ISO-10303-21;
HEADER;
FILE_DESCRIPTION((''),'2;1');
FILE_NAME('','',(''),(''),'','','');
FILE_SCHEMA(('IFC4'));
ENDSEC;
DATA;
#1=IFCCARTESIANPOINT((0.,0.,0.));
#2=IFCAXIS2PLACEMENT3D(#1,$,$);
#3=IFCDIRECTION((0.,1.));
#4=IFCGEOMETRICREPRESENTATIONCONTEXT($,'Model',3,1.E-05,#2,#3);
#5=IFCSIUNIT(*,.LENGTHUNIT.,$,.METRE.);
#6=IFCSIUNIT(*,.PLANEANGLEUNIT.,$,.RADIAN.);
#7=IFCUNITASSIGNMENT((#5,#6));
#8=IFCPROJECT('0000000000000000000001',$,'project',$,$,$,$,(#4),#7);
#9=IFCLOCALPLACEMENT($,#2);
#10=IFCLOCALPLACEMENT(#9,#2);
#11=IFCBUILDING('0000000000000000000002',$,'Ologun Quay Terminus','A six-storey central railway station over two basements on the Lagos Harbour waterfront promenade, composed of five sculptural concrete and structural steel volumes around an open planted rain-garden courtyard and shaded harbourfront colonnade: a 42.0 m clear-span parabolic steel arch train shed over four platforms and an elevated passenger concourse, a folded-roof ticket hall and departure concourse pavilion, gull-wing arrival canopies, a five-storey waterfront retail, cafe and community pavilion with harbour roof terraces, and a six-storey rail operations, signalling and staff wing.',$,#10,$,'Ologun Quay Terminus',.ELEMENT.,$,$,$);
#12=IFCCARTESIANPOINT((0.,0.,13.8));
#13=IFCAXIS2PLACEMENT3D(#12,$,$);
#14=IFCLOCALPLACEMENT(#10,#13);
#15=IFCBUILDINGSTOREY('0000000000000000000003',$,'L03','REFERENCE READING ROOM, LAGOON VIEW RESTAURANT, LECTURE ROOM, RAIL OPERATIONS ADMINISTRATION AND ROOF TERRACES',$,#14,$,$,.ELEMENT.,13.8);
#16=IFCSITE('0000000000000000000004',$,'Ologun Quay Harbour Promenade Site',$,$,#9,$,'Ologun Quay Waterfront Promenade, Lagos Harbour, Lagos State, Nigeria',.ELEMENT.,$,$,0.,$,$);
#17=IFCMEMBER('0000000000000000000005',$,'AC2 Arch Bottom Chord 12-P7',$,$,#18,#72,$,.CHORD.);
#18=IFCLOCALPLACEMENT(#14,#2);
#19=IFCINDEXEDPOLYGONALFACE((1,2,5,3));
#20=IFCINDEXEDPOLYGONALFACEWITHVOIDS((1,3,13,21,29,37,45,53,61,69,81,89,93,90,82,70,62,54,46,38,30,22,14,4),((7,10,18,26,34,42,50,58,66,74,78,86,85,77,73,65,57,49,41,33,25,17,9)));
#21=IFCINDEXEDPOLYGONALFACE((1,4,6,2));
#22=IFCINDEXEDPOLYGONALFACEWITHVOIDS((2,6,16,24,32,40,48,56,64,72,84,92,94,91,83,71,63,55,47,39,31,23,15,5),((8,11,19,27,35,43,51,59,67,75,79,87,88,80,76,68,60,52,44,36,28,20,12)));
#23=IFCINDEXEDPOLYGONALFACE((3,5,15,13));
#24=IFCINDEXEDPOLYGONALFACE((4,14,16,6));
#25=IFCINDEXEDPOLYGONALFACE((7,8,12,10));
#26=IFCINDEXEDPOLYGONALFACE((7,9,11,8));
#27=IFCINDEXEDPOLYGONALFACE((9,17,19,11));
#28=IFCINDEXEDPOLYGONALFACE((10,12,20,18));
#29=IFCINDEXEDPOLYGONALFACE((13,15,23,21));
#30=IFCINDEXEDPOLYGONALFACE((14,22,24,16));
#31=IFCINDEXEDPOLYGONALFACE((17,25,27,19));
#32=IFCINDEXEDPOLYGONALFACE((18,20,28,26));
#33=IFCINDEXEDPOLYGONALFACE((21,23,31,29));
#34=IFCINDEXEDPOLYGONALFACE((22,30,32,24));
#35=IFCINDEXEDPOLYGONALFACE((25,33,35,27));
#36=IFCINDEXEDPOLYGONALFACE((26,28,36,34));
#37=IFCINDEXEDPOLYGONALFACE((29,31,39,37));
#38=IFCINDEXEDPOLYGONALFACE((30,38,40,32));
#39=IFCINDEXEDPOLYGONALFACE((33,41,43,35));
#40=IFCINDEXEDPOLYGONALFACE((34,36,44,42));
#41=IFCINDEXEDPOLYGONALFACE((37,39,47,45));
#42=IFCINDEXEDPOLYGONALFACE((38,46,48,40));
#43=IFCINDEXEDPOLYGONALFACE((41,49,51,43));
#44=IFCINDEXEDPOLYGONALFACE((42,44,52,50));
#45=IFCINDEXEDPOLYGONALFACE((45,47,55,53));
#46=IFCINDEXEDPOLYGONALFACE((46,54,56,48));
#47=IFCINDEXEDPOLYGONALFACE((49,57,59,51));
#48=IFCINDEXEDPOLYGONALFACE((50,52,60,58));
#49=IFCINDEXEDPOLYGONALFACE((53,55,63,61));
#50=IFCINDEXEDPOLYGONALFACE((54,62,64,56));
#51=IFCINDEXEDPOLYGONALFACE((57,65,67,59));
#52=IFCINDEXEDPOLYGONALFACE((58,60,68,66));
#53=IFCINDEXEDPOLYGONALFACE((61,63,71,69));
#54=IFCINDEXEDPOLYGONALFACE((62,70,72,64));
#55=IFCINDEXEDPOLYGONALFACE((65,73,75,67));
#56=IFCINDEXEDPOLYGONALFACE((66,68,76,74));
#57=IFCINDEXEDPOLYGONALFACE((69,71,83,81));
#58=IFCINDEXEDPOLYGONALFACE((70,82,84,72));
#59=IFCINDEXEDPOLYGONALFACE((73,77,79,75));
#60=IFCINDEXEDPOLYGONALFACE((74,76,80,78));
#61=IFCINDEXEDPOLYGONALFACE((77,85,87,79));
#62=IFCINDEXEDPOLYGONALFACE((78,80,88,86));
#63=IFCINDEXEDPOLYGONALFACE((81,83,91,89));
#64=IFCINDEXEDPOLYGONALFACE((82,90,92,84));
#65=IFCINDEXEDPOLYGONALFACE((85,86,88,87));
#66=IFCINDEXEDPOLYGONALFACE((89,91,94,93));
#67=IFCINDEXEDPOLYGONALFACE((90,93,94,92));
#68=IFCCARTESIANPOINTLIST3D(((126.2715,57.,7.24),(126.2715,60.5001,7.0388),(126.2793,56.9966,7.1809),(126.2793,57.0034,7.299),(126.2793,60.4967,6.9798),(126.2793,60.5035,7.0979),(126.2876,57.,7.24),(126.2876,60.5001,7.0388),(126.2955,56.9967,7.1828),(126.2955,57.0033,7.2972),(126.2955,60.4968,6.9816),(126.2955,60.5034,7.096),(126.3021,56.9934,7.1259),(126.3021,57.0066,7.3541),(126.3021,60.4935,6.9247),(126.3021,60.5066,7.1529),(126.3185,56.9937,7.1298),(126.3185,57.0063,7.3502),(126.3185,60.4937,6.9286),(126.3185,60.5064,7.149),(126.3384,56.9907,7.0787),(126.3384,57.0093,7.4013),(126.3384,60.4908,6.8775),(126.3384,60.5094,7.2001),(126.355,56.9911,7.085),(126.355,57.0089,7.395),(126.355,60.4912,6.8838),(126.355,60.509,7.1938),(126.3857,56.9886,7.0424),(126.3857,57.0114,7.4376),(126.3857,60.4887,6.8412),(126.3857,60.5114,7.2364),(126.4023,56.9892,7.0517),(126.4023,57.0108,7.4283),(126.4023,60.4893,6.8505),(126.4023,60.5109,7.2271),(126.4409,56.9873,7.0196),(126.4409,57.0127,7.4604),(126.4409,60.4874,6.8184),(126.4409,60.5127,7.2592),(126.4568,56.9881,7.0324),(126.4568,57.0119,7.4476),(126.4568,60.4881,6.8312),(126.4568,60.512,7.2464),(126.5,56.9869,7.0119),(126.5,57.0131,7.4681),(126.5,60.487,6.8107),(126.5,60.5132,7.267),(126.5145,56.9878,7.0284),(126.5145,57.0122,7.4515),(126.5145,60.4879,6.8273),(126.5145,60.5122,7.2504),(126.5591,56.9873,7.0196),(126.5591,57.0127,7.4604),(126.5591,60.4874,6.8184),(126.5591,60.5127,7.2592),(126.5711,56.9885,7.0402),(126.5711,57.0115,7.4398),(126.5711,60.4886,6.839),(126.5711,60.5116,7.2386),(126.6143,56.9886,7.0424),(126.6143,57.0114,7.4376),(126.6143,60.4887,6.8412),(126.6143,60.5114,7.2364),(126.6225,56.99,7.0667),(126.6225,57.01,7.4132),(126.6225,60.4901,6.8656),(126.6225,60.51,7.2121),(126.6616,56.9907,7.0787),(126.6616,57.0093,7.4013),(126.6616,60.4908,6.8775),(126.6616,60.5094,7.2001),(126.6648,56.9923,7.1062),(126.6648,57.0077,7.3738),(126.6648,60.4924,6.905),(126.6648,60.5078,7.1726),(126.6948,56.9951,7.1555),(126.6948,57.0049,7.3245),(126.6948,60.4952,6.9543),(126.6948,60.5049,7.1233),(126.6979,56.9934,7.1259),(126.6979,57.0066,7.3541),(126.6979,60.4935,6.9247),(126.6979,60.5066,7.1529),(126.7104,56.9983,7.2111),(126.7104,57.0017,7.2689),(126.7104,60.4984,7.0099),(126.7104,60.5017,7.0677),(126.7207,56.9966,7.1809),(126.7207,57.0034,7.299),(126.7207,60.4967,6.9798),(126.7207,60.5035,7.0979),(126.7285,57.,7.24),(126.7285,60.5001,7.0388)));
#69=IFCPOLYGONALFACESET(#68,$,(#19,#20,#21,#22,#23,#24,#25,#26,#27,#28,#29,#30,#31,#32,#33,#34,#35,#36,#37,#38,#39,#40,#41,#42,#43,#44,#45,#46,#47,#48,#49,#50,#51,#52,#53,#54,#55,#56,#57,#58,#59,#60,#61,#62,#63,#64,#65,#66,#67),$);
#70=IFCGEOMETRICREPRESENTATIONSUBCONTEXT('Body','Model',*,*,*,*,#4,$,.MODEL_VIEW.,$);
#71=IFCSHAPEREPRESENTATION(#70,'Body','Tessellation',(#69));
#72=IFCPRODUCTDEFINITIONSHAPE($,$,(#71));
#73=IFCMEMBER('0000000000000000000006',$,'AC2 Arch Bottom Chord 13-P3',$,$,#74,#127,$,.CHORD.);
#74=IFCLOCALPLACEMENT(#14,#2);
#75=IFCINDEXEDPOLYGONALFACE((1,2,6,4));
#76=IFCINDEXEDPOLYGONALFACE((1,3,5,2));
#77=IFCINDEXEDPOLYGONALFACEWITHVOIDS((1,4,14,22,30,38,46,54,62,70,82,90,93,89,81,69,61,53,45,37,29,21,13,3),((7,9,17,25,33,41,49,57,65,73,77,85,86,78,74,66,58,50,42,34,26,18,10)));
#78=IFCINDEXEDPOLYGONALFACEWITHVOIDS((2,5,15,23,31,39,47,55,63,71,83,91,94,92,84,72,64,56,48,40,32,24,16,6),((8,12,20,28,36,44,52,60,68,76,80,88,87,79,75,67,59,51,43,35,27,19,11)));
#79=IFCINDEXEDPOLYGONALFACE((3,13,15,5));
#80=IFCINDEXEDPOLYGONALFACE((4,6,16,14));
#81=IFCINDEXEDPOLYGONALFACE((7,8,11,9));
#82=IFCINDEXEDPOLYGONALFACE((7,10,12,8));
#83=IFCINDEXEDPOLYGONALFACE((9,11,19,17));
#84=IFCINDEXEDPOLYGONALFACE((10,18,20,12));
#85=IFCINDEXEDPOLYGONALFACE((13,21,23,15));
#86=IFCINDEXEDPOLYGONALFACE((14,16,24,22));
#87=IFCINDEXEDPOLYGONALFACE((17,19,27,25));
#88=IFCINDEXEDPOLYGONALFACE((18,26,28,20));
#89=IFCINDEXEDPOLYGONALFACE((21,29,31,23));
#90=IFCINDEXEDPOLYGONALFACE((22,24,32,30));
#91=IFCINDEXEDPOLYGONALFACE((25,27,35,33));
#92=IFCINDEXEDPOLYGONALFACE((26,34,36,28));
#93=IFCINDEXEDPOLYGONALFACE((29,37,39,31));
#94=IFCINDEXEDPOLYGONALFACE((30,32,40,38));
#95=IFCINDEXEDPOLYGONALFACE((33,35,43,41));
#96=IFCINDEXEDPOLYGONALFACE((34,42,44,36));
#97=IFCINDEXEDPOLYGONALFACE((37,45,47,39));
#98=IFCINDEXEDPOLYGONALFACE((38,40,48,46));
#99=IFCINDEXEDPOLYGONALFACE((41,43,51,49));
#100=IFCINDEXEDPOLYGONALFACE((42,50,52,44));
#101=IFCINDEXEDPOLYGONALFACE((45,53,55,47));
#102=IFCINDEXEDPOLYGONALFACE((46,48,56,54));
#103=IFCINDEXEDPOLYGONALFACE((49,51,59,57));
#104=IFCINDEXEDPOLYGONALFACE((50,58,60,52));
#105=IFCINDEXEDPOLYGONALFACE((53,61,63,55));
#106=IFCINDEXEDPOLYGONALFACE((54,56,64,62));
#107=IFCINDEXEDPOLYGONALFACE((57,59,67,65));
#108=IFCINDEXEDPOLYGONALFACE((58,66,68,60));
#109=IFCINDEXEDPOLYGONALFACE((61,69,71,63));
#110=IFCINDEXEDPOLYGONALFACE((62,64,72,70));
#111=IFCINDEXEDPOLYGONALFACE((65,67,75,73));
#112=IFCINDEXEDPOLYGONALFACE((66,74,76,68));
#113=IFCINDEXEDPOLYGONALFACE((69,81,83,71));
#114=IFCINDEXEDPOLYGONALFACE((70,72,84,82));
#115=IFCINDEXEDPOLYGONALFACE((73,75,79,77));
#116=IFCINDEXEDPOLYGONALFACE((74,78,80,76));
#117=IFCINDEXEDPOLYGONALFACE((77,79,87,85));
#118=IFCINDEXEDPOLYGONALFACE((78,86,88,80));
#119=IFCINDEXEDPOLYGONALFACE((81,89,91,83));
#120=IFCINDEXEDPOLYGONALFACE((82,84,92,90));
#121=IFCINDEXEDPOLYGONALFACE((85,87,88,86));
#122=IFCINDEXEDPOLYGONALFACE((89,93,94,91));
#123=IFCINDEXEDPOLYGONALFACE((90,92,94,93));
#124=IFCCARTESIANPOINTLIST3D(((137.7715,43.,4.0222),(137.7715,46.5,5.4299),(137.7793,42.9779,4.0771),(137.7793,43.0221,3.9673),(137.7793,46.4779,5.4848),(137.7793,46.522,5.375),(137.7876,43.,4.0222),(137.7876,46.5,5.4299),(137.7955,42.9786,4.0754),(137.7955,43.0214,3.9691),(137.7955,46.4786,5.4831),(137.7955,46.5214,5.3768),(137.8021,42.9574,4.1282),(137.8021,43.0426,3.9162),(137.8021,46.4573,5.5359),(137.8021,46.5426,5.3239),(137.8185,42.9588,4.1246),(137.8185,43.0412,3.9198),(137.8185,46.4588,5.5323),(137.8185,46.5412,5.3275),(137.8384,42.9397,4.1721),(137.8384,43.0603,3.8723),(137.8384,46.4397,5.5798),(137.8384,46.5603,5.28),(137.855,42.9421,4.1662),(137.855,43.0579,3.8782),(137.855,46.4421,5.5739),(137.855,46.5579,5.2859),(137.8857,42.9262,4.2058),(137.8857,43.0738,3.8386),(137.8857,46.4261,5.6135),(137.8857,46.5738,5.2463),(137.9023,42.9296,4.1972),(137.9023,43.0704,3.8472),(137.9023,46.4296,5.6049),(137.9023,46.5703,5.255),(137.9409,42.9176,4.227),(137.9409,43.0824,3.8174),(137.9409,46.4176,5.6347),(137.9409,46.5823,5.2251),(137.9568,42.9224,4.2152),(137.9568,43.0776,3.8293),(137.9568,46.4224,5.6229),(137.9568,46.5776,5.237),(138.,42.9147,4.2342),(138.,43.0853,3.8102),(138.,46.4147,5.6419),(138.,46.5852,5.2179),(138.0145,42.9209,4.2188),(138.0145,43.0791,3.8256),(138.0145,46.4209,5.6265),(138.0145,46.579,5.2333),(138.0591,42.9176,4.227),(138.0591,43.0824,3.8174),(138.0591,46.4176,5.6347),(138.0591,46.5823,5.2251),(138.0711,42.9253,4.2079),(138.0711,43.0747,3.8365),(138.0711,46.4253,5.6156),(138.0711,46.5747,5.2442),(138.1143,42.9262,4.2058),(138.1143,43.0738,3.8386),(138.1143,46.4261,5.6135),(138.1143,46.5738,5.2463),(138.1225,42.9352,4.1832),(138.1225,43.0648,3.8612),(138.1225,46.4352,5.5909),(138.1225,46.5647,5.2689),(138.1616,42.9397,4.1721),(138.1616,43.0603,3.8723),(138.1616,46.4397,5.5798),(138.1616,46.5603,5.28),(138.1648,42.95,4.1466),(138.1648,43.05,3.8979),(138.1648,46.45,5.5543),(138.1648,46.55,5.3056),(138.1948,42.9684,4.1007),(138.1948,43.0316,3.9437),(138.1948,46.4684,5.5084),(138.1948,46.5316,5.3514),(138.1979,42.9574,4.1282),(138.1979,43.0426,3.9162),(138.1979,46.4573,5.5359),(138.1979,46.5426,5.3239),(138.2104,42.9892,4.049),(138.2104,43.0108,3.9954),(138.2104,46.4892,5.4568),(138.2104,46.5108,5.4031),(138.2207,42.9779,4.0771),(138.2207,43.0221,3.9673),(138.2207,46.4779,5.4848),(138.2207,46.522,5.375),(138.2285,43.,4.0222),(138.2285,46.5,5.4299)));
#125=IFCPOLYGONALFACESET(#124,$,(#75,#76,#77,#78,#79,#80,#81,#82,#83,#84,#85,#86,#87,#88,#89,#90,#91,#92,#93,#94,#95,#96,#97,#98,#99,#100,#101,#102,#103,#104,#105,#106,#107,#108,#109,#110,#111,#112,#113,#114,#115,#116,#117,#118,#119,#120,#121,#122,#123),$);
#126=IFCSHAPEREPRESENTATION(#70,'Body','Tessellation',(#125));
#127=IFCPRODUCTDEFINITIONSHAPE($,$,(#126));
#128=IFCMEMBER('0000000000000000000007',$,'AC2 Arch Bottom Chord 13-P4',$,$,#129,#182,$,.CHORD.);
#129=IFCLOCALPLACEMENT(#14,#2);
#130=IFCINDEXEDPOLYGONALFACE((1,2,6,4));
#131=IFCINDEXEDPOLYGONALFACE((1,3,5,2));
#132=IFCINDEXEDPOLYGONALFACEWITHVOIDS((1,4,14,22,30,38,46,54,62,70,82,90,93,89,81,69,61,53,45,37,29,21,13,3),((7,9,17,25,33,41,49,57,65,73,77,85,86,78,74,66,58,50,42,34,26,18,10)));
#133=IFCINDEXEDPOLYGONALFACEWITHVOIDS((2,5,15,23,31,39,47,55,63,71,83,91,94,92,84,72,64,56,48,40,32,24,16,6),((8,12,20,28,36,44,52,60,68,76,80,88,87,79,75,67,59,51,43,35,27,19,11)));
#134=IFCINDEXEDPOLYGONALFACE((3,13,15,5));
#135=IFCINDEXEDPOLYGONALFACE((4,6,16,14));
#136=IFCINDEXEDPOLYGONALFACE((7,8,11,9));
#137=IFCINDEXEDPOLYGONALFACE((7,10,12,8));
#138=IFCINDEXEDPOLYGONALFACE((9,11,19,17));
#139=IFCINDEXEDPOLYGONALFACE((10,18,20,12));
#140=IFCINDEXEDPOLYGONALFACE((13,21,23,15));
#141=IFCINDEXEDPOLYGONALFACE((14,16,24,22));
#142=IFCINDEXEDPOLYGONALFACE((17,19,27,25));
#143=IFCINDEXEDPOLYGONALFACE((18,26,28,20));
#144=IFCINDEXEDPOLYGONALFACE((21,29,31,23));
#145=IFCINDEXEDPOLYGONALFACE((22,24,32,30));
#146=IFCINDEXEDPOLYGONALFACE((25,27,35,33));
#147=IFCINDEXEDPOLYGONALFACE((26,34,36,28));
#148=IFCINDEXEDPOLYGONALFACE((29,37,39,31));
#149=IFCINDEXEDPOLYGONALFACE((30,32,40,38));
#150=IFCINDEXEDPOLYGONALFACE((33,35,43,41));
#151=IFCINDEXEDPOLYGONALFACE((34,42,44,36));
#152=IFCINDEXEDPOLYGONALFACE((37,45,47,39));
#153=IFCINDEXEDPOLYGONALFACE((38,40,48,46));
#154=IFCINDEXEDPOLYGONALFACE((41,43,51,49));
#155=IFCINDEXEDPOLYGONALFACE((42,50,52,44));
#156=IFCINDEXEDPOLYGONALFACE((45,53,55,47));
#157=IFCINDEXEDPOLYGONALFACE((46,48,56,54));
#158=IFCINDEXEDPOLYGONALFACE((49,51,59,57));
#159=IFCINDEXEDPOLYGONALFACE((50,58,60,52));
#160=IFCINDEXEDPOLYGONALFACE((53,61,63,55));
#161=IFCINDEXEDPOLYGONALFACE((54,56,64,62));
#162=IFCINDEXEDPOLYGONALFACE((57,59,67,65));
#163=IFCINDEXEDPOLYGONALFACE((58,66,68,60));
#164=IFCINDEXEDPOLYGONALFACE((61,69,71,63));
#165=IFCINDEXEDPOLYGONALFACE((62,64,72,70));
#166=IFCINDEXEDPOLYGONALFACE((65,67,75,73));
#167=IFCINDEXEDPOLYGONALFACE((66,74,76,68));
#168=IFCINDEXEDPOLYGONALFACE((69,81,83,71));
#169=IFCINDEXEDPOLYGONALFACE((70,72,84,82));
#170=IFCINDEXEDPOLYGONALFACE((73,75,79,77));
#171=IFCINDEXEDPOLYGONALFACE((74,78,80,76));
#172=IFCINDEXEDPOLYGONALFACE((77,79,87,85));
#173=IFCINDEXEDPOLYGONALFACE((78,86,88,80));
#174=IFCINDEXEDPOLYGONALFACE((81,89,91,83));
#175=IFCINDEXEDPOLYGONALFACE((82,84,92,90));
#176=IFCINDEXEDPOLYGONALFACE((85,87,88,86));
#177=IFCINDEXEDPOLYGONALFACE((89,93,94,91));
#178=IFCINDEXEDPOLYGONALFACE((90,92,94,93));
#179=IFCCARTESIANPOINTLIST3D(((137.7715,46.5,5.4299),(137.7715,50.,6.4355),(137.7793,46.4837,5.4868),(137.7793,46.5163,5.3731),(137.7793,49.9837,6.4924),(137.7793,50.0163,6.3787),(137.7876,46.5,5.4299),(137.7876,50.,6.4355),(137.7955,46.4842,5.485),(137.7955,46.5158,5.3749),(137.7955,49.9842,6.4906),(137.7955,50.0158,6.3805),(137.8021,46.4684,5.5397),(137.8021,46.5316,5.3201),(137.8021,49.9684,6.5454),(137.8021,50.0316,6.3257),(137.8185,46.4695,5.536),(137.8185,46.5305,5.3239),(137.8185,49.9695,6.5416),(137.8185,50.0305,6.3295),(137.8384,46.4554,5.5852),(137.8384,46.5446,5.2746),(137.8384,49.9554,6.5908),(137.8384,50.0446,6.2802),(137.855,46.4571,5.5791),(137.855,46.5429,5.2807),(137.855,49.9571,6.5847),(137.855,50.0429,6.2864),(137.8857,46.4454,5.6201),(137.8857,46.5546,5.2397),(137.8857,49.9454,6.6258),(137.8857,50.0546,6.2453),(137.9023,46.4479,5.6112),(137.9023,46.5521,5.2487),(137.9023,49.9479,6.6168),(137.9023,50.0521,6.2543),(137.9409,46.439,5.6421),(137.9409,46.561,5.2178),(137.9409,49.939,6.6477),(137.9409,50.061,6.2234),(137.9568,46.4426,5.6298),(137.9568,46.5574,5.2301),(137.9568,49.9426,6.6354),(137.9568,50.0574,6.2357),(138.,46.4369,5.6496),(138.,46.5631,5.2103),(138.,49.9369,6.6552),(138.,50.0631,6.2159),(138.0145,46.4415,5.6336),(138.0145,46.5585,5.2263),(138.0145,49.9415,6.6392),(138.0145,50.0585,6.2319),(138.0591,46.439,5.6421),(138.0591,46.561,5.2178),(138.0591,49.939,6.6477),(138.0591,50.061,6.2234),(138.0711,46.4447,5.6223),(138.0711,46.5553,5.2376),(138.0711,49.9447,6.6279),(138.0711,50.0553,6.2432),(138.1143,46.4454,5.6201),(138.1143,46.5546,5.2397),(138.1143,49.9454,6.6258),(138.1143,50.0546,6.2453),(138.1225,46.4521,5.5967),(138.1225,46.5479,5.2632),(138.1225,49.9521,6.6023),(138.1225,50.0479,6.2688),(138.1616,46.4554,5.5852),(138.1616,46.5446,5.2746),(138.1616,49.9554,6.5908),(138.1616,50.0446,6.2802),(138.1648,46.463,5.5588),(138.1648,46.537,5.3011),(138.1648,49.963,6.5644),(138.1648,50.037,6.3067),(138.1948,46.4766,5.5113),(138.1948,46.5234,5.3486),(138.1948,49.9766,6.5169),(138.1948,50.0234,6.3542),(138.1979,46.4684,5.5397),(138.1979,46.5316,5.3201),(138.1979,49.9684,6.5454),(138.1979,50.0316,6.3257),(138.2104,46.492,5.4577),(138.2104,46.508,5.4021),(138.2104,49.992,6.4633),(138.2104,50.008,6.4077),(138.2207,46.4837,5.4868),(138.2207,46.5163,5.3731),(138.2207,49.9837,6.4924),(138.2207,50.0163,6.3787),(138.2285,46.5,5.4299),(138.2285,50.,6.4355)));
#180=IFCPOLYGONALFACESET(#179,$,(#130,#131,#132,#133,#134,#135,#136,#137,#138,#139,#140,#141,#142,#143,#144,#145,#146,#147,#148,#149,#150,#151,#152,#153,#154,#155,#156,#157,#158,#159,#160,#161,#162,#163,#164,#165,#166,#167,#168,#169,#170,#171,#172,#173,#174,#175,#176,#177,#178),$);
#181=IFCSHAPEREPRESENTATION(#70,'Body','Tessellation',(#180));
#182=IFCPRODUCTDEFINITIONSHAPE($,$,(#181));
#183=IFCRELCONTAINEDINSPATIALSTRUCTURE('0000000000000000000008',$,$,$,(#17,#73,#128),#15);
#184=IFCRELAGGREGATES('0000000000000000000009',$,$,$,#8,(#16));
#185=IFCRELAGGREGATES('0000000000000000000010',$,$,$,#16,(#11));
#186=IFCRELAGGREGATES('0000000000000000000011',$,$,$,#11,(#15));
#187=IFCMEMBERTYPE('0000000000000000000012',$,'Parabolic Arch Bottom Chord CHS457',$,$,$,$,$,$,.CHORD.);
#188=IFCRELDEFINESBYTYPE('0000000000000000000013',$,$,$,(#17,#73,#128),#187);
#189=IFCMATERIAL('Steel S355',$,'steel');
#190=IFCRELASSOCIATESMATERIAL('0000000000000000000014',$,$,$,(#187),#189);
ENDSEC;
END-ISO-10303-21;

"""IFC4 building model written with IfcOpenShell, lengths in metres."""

from ifc_helpers import new_model, si_unit, direction, frame, origin, origin_2d, place, context, subcontext, project, spatial, hollow_circle, extrude, material, material_profile, profile_set, type_object, element, save


model = new_model("IFC4")

# Units and contexts
model_context = context("Model", 3, precision=1e-05, world=origin(), true_north=direction((0.0, 1.0)))
body_context = subcontext(model_context, "Body", "Model", "MODEL_VIEW")
ifc_project = project(units=[si_unit("LENGTHUNIT", "METRE"), si_unit("PLANEANGLEUNIT", "RADIAN")], contexts=[model_context])

# Site, building, storey
site_placement = place(None, origin())
site = spatial("IfcSite", under=ifc_project, at=site_placement, Name="Ologun Quay Harbour Promenade Site", LongName="Ologun Quay Waterfront Promenade, Lagos Harbour, Lagos State, Nigeria", CompositionType="ELEMENT", RefElevation=0.0)
building_placement = place(site_placement, origin())
building = spatial("IfcBuilding", under=site, at=building_placement, Name="Ologun Quay Terminus", Description="A six-storey central railway station over two basements on the Lagos Harbour waterfront promenade, composed of five sculptural concrete and structural steel volumes around an open planted rain-garden courtyard and shaded harbourfront colonnade: a 42.0 m clear-span parabolic steel arch train shed over four platforms and an elevated passenger concourse, a folded-roof ticket hall and departure concourse pavilion, gull-wing arrival canopies, a five-storey waterfront retail, cafe and community pavilion with harbour roof terraces, and a six-storey rail operations, signalling and staff wing.", LongName="Ologun Quay Terminus", CompositionType="ELEMENT")
storey_placement = place(building_placement, frame((0.0, 0.0, 13.8)))
storey = spatial("IfcBuildingStorey", under=building, at=storey_placement, Name="L03", Description="REFERENCE READING ROOM, LAGOON VIEW RESTAURANT, LECTURE ROOM, RAIL OPERATIONS ADMINISTRATION AND ROOF TERRACES", CompositionType="ELEMENT", Elevation=13.8)

# Members
ifc_material_1 = material(Name="Steel S355", Category="steel")
ifc_material_profile_1 = material_profile(ifc_material_1, hollow_circle(Radius=0.2285, WallThickness=0.0161, at=origin_2d()), Name="CHS 457x16")
ifc_profile_set_1 = profile_set([ifc_material_profile_1], Name="Steel S355")
member_type_1 = type_object("IfcMemberType", Name="Parabolic Arch Bottom Chord CHS457", PredefinedType="CHORD", material=ifc_profile_set_1)
for number, where, z_axis, x_axis, name in (
    (1, (126.5, 57.0, 7.24), (0.0, 0.998352, -0.057383), (-1.0, 0.0, 0.0), "AC2 Arch Bottom Chord 12-P7"),
):
    element("IfcMember", number, at=place(storey_placement, frame(where, z_axis=z_axis, x_axis=x_axis)), inside=storey, type_object=member_type_1, Name=name, PredefinedType="CHORD", context=body_context, shape_type="SweptSolid", body=[
        extrude(hollow_circle(Radius=0.2285, WallThickness=0.0161, at=origin_2d()), origin(), (0.0, 0.0, 1.0), 3.5059),
    ])
member_1_placement = place(storey_placement, frame((138.0, 43.0, 4.0222), z_axis=(0.0, 0.92777, 0.373153), x_axis=(-1.0, 0.0, 0.0)))
element("IfcMember", 2, at=member_1_placement, inside=storey, type_object=member_type_1, Name="AC2 Arch Bottom Chord 13-P3", PredefinedType="CHORD", context=body_context, shape_type="SweptSolid", body=[
    extrude(hollow_circle(Radius=0.2285, WallThickness=0.0161, at=origin_2d()), origin(), (0.0, 0.0, 1.0), 3.7725),
])
member_2_placement = place(storey_placement, frame((138.0, 46.5, 5.4299), z_axis=(0.0, 0.961116, 0.276146), x_axis=(-1.0, 0.0, 0.0)))
element("IfcMember", 3, at=member_2_placement, inside=storey, type_object=member_type_1, Name="AC2 Arch Bottom Chord 13-P4", PredefinedType="CHORD", context=body_context, shape_type="SweptSolid", body=[
    extrude(hollow_circle(Radius=0.2285, WallThickness=0.0161, at=origin_2d()), origin(), (0.0, 0.0, 1.0), 3.6416),
])

save(model, "model.ifc")
